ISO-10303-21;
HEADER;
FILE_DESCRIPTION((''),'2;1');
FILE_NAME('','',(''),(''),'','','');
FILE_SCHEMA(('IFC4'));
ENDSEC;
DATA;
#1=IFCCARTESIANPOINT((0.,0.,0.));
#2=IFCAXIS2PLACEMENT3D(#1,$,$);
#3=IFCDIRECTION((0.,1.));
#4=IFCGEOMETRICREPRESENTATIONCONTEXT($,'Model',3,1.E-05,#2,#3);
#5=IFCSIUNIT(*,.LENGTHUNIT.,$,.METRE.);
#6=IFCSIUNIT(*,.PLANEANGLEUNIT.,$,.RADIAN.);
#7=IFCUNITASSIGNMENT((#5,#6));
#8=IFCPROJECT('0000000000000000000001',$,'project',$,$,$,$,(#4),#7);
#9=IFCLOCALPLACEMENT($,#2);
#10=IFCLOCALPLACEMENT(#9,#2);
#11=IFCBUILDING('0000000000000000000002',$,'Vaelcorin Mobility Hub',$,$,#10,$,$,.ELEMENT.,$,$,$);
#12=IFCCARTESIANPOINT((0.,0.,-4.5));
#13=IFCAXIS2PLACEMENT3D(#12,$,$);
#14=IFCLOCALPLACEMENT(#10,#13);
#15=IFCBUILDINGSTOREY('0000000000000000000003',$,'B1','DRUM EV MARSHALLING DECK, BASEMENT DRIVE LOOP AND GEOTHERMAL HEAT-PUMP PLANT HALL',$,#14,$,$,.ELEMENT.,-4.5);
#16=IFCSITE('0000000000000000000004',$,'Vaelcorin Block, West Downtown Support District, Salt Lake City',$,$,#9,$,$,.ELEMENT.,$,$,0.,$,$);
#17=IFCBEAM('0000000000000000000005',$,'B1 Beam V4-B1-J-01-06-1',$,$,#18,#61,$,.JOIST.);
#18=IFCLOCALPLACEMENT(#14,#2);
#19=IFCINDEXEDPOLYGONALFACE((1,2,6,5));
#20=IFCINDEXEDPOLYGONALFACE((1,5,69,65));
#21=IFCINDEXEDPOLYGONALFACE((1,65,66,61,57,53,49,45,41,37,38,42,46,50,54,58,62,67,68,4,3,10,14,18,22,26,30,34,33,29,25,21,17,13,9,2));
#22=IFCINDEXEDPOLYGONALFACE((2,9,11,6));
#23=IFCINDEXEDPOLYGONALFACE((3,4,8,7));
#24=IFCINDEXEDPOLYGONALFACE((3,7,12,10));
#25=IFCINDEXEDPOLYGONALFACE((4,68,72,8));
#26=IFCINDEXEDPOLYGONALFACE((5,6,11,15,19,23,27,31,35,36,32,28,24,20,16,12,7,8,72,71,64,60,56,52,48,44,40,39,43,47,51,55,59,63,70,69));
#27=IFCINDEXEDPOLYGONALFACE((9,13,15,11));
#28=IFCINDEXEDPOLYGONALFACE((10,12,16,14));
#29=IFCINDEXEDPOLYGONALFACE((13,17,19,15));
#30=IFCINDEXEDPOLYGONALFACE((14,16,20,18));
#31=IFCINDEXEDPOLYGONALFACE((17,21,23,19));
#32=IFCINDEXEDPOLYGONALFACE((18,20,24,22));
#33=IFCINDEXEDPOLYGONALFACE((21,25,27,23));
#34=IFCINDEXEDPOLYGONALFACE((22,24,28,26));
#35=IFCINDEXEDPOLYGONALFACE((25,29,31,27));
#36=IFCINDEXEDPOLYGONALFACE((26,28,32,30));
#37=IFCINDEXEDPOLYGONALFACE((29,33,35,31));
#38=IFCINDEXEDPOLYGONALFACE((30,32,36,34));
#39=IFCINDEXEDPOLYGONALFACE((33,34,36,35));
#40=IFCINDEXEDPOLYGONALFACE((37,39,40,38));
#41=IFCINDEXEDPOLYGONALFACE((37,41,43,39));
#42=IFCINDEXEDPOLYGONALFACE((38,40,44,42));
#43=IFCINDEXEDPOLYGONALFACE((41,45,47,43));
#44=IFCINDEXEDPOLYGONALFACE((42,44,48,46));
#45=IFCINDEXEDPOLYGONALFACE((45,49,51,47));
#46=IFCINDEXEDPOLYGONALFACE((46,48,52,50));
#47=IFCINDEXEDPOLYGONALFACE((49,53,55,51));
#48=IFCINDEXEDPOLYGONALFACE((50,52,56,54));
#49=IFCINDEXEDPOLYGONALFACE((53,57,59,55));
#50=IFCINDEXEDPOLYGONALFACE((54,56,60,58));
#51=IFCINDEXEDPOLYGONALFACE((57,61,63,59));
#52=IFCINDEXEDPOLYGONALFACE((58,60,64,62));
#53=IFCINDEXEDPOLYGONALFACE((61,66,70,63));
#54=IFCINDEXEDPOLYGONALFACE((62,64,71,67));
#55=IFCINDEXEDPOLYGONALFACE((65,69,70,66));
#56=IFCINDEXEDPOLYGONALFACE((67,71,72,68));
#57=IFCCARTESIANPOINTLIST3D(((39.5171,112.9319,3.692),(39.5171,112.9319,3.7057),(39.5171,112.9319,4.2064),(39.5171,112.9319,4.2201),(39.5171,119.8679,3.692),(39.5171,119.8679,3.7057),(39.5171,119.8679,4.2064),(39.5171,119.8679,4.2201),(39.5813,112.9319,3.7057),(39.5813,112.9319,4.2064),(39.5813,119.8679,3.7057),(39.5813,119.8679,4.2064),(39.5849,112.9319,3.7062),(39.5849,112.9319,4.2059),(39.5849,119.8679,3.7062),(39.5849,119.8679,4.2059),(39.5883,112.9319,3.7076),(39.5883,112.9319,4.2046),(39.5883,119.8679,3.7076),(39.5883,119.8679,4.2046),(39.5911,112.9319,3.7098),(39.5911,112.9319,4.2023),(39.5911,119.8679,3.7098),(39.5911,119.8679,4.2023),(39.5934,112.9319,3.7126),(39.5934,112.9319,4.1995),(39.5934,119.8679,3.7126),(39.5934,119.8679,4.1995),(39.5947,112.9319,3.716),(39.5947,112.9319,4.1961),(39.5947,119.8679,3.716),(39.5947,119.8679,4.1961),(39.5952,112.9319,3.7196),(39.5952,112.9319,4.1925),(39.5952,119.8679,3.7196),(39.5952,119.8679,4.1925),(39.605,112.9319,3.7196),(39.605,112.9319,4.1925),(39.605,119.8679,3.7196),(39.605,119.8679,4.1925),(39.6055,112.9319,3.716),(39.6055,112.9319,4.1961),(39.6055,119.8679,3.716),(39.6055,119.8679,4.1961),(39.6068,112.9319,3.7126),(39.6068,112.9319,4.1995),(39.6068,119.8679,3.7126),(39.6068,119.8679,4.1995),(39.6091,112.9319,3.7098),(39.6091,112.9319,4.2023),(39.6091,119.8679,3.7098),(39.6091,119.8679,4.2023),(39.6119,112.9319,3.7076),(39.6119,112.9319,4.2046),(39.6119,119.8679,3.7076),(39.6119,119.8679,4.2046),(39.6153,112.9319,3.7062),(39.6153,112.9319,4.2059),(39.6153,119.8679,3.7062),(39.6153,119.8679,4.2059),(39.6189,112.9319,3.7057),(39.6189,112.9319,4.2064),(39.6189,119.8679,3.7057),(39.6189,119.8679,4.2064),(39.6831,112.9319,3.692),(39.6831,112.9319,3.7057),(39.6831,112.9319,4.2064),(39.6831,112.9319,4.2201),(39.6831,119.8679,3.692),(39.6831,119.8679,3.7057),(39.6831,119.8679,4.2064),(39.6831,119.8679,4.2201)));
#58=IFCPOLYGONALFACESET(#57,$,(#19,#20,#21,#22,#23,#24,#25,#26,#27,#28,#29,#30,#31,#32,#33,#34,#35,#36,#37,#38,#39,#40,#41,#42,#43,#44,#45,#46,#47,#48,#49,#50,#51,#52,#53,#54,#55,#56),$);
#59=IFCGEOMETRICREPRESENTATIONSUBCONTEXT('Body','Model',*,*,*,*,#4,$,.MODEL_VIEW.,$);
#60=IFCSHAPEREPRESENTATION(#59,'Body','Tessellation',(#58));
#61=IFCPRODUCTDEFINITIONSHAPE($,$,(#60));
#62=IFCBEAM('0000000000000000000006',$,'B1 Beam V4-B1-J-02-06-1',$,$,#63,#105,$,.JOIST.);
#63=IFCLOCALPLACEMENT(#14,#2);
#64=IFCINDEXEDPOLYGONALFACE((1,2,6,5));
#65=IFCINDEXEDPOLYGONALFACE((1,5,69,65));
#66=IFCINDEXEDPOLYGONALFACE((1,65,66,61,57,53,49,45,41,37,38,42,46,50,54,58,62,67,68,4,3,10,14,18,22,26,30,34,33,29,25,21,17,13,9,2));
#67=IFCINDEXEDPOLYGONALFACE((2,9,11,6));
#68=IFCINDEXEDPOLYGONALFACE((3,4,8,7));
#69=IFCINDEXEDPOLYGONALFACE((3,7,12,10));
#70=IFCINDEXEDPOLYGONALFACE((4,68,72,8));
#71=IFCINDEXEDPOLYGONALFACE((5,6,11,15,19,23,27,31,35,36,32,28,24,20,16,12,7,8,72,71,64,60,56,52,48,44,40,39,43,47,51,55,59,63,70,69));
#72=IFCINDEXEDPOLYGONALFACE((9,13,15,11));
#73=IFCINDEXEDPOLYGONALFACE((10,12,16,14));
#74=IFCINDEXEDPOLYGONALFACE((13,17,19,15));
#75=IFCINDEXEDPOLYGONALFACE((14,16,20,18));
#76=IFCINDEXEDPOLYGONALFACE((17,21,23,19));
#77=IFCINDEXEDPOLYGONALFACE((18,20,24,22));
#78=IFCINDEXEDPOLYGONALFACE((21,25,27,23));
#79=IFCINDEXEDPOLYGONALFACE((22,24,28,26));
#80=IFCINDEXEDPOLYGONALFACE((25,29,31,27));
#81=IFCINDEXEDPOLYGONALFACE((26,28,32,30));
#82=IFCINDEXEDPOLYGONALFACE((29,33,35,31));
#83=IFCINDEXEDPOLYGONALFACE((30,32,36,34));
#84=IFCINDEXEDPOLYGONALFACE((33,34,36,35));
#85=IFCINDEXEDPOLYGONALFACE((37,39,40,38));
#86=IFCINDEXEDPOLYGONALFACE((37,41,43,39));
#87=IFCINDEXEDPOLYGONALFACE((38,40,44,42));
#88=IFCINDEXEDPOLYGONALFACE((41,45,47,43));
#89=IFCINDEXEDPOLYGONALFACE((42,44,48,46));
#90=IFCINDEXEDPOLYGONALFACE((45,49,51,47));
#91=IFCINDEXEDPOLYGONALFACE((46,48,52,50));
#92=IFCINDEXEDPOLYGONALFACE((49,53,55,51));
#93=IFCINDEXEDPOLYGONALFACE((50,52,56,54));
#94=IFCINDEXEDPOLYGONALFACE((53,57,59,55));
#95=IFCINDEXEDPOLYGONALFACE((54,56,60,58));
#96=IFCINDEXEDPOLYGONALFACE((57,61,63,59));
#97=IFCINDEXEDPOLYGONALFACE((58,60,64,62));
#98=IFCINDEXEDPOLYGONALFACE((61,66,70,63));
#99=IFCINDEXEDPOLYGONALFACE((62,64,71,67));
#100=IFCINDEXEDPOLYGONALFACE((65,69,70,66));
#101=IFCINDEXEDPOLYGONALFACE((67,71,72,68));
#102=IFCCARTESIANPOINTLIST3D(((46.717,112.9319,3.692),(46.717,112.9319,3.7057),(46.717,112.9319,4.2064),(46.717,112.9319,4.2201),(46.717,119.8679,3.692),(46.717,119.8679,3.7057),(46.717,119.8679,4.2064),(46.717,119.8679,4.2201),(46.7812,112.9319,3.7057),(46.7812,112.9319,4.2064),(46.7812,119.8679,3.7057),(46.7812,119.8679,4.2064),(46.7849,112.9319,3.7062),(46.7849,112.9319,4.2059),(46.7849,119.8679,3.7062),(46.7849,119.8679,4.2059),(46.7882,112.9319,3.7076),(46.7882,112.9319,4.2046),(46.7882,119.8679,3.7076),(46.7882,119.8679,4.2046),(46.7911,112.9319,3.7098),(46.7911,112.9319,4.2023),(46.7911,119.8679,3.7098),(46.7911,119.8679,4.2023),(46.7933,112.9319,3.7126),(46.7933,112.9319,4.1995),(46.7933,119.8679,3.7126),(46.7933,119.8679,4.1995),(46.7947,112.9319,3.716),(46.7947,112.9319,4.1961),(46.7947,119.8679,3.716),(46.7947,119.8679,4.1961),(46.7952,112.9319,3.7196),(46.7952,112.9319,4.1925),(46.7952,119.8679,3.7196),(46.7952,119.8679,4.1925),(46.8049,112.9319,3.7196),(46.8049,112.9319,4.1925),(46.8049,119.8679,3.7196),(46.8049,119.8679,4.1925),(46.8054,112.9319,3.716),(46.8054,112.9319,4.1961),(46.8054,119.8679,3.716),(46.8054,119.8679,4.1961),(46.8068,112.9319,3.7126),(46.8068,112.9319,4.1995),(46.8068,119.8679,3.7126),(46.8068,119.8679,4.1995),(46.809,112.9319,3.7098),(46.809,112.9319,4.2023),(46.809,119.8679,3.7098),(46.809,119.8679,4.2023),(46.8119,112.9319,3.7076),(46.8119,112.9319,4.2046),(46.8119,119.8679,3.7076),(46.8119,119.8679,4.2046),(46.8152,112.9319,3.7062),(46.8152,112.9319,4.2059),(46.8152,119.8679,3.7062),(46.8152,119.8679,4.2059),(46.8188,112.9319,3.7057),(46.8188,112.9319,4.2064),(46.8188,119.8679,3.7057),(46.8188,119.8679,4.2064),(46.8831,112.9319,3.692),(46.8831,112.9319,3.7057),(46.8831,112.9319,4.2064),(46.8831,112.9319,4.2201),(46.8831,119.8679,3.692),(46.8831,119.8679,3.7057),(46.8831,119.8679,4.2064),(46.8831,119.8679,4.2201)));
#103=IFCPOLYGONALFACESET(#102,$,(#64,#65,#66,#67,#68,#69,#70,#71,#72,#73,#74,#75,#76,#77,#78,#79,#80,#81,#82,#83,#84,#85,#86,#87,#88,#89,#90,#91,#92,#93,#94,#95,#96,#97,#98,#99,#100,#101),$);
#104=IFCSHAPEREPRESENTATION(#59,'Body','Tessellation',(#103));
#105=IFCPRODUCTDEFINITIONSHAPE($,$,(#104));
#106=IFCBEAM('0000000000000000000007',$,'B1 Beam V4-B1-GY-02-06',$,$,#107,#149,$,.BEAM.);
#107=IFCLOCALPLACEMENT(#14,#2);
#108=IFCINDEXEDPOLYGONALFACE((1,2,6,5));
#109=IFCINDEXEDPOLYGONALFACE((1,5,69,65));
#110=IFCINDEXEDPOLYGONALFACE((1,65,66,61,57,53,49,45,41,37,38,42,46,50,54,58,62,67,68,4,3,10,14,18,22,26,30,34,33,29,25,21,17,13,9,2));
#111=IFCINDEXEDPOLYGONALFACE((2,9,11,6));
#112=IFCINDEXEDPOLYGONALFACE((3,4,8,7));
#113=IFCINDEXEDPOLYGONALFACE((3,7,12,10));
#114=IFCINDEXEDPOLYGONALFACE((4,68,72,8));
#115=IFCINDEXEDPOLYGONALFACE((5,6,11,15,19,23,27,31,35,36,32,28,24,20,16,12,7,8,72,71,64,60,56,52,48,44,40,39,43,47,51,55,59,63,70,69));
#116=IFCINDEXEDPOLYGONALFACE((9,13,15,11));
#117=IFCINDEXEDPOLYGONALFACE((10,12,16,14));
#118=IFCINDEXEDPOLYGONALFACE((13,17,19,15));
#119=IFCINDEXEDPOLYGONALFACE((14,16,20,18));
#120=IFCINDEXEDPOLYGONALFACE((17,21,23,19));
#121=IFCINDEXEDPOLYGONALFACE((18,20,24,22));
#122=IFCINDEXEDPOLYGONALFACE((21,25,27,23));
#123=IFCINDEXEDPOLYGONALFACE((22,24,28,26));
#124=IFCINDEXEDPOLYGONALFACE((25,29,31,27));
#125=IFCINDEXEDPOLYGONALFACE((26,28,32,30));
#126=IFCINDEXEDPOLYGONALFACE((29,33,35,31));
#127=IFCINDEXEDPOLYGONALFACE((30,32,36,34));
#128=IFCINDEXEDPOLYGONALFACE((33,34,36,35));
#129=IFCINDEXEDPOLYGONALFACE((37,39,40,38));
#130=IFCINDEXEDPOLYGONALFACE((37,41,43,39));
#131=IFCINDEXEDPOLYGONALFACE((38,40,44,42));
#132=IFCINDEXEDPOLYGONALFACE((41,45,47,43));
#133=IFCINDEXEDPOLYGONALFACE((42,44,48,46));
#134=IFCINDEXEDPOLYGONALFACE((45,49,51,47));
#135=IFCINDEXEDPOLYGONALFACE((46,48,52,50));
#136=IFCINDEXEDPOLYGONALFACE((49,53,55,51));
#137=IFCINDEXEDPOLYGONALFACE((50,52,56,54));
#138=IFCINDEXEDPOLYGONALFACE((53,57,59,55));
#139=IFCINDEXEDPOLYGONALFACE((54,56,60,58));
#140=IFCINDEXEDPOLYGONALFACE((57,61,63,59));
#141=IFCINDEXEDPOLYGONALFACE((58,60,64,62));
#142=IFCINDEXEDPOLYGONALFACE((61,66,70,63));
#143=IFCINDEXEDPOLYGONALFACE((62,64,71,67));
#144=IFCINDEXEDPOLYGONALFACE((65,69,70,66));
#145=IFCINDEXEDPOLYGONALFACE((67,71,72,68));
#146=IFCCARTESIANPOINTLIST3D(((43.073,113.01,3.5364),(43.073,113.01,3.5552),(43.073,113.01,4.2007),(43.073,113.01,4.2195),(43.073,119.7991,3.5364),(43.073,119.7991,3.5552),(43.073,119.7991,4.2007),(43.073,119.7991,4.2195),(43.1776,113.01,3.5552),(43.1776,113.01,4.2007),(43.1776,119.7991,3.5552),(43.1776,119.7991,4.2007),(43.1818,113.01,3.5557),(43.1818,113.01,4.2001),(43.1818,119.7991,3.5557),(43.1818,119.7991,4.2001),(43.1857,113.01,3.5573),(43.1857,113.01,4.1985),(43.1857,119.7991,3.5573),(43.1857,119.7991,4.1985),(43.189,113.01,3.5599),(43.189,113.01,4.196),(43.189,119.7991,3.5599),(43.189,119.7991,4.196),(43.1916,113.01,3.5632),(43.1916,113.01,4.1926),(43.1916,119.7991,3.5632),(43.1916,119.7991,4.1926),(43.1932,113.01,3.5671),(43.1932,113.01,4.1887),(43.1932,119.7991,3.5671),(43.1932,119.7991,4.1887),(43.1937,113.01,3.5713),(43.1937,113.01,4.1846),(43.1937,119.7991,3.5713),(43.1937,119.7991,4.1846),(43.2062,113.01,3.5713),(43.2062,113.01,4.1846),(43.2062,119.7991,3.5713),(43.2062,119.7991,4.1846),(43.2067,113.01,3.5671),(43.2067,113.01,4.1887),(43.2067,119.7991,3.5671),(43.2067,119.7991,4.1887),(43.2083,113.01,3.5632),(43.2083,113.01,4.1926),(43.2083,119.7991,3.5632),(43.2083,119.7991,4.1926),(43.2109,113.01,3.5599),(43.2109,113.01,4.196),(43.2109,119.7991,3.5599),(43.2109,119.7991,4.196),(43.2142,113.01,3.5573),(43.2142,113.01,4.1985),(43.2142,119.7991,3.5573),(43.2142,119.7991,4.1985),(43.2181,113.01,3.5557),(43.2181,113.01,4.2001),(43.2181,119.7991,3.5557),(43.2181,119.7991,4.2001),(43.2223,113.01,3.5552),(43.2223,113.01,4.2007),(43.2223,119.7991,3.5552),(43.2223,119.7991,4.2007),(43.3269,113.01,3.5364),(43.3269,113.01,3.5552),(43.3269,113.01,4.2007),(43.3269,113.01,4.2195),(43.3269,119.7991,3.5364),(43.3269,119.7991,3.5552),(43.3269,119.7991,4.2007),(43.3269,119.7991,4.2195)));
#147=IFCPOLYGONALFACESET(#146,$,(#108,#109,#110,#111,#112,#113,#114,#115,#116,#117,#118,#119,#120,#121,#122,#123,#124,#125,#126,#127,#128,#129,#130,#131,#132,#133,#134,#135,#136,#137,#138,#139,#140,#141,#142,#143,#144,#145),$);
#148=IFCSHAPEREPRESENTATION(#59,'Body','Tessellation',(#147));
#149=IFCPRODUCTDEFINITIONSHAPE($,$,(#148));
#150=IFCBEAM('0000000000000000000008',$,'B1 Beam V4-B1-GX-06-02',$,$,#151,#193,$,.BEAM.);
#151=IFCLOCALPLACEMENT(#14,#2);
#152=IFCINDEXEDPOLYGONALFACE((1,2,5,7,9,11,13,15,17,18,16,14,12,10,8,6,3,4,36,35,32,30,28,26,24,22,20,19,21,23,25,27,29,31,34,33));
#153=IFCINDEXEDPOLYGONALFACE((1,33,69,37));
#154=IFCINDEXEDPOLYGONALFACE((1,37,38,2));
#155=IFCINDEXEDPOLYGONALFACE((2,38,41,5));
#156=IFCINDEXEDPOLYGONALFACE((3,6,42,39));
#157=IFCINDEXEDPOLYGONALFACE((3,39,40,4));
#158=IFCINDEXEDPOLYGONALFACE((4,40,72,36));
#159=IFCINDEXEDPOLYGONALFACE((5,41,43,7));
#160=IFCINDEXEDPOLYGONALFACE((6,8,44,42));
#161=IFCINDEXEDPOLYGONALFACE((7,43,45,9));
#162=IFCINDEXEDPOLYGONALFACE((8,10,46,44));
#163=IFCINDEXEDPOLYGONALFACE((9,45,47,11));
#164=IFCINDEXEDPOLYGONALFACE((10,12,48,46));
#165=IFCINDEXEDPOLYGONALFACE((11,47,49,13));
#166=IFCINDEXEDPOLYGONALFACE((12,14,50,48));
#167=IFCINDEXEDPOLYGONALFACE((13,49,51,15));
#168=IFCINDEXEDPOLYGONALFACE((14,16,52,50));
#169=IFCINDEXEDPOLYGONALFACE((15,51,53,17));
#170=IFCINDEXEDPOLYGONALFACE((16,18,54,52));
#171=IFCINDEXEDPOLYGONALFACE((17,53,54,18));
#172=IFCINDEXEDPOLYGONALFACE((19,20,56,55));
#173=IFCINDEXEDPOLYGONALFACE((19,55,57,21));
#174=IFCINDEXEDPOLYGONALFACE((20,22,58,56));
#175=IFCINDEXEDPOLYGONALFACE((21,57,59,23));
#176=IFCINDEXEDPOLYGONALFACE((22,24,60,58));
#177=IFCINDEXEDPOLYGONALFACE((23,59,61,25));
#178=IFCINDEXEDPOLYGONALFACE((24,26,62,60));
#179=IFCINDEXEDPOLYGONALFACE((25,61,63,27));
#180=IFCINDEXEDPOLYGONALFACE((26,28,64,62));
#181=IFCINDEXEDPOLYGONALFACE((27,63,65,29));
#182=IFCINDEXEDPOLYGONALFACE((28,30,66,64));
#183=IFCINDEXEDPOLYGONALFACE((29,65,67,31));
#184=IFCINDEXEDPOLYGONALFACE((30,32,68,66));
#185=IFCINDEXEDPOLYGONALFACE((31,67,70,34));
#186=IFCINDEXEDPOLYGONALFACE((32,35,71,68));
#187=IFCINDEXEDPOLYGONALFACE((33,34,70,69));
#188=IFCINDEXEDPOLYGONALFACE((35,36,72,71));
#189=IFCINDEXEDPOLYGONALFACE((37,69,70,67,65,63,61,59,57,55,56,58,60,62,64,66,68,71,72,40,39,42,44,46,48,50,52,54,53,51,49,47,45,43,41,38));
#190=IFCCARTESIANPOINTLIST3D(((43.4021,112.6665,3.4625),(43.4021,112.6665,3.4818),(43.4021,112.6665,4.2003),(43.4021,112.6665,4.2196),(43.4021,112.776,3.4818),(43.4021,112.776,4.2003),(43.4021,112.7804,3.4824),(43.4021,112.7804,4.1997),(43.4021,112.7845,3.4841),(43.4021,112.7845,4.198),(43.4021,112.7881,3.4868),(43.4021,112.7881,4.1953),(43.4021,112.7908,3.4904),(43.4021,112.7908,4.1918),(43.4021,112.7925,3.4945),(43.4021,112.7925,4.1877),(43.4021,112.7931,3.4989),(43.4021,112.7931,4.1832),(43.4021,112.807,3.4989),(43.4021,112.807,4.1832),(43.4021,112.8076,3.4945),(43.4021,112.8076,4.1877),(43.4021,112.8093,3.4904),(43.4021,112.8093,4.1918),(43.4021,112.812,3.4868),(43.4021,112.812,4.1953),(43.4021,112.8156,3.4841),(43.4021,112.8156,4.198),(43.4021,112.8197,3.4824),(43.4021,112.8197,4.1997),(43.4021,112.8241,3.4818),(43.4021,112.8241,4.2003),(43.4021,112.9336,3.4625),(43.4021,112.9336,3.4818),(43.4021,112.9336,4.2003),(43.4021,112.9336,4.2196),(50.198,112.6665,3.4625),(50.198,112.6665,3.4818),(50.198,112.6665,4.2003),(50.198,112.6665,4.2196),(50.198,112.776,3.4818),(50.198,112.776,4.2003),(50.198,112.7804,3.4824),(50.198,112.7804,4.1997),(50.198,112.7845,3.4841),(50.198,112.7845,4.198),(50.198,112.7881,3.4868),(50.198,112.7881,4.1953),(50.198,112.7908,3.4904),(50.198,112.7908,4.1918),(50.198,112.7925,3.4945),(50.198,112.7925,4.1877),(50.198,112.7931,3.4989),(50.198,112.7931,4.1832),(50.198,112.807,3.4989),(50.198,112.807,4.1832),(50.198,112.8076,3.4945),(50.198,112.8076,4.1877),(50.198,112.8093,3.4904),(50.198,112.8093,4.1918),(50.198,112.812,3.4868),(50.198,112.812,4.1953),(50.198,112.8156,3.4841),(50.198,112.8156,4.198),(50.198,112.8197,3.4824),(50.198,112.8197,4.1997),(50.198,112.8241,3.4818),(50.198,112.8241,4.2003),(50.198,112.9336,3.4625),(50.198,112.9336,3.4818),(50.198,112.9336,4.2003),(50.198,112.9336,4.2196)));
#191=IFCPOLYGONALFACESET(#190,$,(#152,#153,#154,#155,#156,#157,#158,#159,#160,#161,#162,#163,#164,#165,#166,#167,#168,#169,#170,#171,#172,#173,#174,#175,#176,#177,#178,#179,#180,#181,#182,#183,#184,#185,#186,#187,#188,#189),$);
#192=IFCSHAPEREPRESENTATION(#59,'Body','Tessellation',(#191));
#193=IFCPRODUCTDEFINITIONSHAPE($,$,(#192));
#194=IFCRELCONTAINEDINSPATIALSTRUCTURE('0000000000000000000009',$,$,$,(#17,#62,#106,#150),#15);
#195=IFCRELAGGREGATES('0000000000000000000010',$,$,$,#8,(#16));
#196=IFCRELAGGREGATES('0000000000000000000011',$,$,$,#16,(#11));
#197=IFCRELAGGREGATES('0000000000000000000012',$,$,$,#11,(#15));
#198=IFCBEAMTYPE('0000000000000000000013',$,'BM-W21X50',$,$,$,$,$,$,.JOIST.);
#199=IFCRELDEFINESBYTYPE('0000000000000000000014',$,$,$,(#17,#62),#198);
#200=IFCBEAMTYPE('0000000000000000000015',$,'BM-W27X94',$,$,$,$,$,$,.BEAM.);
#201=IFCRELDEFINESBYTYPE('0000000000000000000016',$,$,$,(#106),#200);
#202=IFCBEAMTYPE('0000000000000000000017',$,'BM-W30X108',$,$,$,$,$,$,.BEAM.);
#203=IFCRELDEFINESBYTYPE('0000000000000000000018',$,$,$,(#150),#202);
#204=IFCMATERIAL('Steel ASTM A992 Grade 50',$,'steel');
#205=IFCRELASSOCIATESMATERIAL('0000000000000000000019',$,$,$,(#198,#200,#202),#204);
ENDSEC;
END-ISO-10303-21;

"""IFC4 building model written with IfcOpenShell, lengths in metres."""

from ifc_helpers import new_model, si_unit, direction, frame, origin, origin_2d, place, context, subcontext, project, spatial, i_section, extrude, material, material_profile, profile_set, type_object, element, save


model = new_model("IFC4")

# Units and contexts
model_context = context("Model", 3, precision=1e-05, world=origin(), true_north=direction((0.0, 1.0)))
body_context = subcontext(model_context, "Body", "Model", "MODEL_VIEW")
ifc_project = project(units=[si_unit("LENGTHUNIT", "METRE"), si_unit("PLANEANGLEUNIT", "RADIAN")], contexts=[model_context])

# Site, building, storey
site_placement = place(None, origin())
site = spatial("IfcSite", under=ifc_project, at=site_placement, Name="Vaelcorin Block, West Downtown Support District, Salt Lake City", CompositionType="ELEMENT", RefElevation=0.0)
building_placement = place(site_placement, origin())
building = spatial("IfcBuilding", under=site, at=building_placement, Name="Vaelcorin Mobility Hub", CompositionType="ELEMENT")
storey_placement = place(building_placement, frame((0.0, 0.0, -4.5)))
storey = spatial("IfcBuildingStorey", under=building, at=storey_placement, Name="B1", Description="DRUM EV MARSHALLING DECK, BASEMENT DRIVE LOOP AND GEOTHERMAL HEAT-PUMP PLANT HALL", CompositionType="ELEMENT", Elevation=-4.5)

# Shared definitions
ifc_material_1 = material(Name="Steel ASTM A992 Grade 50", Category="steel")

# Beams
ifc_material_profile_1 = material_profile(ifc_material_1, i_section(OverallWidth=0.166, OverallDepth=0.5281, WebThickness=0.0098, FlangeThickness=0.0137, FilletRadius=0.0139, at=origin_2d()), Name="W21X50")
ifc_profile_set_1 = profile_set([ifc_material_profile_1], Name="Steel ASTM A992 Grade 50")
beam_type_1 = type_object("IfcBeamType", Name="BM-W21X50", PredefinedType="JOIST", material=ifc_profile_set_1)
for number, where, z_axis, x_axis, name in (
    (1, (39.6001, 112.9319, 3.9561), (0.0, 1.0, 0.0), (-1.0, 0.0, 0.0), "B1 Beam V4-B1-J-01-06-1"),
    (2, (46.8, 112.9319, 3.9561), (0.0, 1.0, 0.0), (-1.0, 0.0, 0.0), "B1 Beam V4-B1-J-02-06-1"),
):
    element("IfcBeam", number, at=place(storey_placement, frame(where, z_axis=z_axis, x_axis=x_axis)), inside=storey, type_object=beam_type_1, Name=name, PredefinedType="JOIST", context=body_context, shape_type="SweptSolid", body=[
        extrude(i_section(OverallWidth=0.166, OverallDepth=0.5281, WebThickness=0.0098, FlangeThickness=0.0137, FilletRadius=0.0139, at=origin_2d()), origin(), (0.0, 0.0, 1.0), 6.936),
    ])
ifc_material_profile_2 = material_profile(ifc_material_1, i_section(OverallWidth=0.2539, OverallDepth=0.6831, WebThickness=0.0125, FlangeThickness=0.0188, FilletRadius=0.0161, at=origin_2d()), Name="W27X94")
ifc_profile_set_2 = profile_set([ifc_material_profile_2], Name="Steel ASTM A992 Grade 50")
beam_type_2 = type_object("IfcBeamType", Name="BM-W27X94", PredefinedType="BEAM", material=ifc_profile_set_2)
beam_1_placement = place(storey_placement, frame((43.2, 113.01, 3.8779), z_axis=(0.0, 1.0, 0.0), x_axis=(-1.0, 0.0, 0.0)))
element("IfcBeam", 3, at=beam_1_placement, inside=storey, type_object=beam_type_2, Name="B1 Beam V4-B1-GY-02-06", PredefinedType="BEAM", context=body_context, shape_type="SweptSolid", body=[
    extrude(i_section(OverallWidth=0.2539, OverallDepth=0.6831, WebThickness=0.0125, FlangeThickness=0.0188, FilletRadius=0.0161, at=origin_2d()), origin(), (0.0, 0.0, 1.0), 6.7891),
])
ifc_material_profile_3 = material_profile(ifc_material_1, i_section(OverallWidth=0.2671, OverallDepth=0.7571, WebThickness=0.0139, FlangeThickness=0.0193, FilletRadius=0.0171, at=origin_2d()), Name="W30X108")
ifc_profile_set_3 = profile_set([ifc_material_profile_3], Name="Steel ASTM A992 Grade 50")
beam_type_3 = type_object("IfcBeamType", Name="BM-W30X108", PredefinedType="BEAM", material=ifc_profile_set_3)
beam_2_placement = place(storey_placement, frame((43.4021, 112.8, 3.8411), z_axis=(1.0, 0.0, 0.0), x_axis=(0.0, 1.0, 0.0)))
element("IfcBeam", 4, at=beam_2_placement, inside=storey, type_object=beam_type_3, Name="B1 Beam V4-B1-GX-06-02", PredefinedType="BEAM", context=body_context, shape_type="SweptSolid", body=[
    extrude(i_section(OverallWidth=0.2671, OverallDepth=0.7571, WebThickness=0.0139, FlangeThickness=0.0193, FilletRadius=0.0171, at=origin_2d()), origin(), (0.0, 0.0, 1.0), 6.7959),
])

save(model, "model.ifc")
